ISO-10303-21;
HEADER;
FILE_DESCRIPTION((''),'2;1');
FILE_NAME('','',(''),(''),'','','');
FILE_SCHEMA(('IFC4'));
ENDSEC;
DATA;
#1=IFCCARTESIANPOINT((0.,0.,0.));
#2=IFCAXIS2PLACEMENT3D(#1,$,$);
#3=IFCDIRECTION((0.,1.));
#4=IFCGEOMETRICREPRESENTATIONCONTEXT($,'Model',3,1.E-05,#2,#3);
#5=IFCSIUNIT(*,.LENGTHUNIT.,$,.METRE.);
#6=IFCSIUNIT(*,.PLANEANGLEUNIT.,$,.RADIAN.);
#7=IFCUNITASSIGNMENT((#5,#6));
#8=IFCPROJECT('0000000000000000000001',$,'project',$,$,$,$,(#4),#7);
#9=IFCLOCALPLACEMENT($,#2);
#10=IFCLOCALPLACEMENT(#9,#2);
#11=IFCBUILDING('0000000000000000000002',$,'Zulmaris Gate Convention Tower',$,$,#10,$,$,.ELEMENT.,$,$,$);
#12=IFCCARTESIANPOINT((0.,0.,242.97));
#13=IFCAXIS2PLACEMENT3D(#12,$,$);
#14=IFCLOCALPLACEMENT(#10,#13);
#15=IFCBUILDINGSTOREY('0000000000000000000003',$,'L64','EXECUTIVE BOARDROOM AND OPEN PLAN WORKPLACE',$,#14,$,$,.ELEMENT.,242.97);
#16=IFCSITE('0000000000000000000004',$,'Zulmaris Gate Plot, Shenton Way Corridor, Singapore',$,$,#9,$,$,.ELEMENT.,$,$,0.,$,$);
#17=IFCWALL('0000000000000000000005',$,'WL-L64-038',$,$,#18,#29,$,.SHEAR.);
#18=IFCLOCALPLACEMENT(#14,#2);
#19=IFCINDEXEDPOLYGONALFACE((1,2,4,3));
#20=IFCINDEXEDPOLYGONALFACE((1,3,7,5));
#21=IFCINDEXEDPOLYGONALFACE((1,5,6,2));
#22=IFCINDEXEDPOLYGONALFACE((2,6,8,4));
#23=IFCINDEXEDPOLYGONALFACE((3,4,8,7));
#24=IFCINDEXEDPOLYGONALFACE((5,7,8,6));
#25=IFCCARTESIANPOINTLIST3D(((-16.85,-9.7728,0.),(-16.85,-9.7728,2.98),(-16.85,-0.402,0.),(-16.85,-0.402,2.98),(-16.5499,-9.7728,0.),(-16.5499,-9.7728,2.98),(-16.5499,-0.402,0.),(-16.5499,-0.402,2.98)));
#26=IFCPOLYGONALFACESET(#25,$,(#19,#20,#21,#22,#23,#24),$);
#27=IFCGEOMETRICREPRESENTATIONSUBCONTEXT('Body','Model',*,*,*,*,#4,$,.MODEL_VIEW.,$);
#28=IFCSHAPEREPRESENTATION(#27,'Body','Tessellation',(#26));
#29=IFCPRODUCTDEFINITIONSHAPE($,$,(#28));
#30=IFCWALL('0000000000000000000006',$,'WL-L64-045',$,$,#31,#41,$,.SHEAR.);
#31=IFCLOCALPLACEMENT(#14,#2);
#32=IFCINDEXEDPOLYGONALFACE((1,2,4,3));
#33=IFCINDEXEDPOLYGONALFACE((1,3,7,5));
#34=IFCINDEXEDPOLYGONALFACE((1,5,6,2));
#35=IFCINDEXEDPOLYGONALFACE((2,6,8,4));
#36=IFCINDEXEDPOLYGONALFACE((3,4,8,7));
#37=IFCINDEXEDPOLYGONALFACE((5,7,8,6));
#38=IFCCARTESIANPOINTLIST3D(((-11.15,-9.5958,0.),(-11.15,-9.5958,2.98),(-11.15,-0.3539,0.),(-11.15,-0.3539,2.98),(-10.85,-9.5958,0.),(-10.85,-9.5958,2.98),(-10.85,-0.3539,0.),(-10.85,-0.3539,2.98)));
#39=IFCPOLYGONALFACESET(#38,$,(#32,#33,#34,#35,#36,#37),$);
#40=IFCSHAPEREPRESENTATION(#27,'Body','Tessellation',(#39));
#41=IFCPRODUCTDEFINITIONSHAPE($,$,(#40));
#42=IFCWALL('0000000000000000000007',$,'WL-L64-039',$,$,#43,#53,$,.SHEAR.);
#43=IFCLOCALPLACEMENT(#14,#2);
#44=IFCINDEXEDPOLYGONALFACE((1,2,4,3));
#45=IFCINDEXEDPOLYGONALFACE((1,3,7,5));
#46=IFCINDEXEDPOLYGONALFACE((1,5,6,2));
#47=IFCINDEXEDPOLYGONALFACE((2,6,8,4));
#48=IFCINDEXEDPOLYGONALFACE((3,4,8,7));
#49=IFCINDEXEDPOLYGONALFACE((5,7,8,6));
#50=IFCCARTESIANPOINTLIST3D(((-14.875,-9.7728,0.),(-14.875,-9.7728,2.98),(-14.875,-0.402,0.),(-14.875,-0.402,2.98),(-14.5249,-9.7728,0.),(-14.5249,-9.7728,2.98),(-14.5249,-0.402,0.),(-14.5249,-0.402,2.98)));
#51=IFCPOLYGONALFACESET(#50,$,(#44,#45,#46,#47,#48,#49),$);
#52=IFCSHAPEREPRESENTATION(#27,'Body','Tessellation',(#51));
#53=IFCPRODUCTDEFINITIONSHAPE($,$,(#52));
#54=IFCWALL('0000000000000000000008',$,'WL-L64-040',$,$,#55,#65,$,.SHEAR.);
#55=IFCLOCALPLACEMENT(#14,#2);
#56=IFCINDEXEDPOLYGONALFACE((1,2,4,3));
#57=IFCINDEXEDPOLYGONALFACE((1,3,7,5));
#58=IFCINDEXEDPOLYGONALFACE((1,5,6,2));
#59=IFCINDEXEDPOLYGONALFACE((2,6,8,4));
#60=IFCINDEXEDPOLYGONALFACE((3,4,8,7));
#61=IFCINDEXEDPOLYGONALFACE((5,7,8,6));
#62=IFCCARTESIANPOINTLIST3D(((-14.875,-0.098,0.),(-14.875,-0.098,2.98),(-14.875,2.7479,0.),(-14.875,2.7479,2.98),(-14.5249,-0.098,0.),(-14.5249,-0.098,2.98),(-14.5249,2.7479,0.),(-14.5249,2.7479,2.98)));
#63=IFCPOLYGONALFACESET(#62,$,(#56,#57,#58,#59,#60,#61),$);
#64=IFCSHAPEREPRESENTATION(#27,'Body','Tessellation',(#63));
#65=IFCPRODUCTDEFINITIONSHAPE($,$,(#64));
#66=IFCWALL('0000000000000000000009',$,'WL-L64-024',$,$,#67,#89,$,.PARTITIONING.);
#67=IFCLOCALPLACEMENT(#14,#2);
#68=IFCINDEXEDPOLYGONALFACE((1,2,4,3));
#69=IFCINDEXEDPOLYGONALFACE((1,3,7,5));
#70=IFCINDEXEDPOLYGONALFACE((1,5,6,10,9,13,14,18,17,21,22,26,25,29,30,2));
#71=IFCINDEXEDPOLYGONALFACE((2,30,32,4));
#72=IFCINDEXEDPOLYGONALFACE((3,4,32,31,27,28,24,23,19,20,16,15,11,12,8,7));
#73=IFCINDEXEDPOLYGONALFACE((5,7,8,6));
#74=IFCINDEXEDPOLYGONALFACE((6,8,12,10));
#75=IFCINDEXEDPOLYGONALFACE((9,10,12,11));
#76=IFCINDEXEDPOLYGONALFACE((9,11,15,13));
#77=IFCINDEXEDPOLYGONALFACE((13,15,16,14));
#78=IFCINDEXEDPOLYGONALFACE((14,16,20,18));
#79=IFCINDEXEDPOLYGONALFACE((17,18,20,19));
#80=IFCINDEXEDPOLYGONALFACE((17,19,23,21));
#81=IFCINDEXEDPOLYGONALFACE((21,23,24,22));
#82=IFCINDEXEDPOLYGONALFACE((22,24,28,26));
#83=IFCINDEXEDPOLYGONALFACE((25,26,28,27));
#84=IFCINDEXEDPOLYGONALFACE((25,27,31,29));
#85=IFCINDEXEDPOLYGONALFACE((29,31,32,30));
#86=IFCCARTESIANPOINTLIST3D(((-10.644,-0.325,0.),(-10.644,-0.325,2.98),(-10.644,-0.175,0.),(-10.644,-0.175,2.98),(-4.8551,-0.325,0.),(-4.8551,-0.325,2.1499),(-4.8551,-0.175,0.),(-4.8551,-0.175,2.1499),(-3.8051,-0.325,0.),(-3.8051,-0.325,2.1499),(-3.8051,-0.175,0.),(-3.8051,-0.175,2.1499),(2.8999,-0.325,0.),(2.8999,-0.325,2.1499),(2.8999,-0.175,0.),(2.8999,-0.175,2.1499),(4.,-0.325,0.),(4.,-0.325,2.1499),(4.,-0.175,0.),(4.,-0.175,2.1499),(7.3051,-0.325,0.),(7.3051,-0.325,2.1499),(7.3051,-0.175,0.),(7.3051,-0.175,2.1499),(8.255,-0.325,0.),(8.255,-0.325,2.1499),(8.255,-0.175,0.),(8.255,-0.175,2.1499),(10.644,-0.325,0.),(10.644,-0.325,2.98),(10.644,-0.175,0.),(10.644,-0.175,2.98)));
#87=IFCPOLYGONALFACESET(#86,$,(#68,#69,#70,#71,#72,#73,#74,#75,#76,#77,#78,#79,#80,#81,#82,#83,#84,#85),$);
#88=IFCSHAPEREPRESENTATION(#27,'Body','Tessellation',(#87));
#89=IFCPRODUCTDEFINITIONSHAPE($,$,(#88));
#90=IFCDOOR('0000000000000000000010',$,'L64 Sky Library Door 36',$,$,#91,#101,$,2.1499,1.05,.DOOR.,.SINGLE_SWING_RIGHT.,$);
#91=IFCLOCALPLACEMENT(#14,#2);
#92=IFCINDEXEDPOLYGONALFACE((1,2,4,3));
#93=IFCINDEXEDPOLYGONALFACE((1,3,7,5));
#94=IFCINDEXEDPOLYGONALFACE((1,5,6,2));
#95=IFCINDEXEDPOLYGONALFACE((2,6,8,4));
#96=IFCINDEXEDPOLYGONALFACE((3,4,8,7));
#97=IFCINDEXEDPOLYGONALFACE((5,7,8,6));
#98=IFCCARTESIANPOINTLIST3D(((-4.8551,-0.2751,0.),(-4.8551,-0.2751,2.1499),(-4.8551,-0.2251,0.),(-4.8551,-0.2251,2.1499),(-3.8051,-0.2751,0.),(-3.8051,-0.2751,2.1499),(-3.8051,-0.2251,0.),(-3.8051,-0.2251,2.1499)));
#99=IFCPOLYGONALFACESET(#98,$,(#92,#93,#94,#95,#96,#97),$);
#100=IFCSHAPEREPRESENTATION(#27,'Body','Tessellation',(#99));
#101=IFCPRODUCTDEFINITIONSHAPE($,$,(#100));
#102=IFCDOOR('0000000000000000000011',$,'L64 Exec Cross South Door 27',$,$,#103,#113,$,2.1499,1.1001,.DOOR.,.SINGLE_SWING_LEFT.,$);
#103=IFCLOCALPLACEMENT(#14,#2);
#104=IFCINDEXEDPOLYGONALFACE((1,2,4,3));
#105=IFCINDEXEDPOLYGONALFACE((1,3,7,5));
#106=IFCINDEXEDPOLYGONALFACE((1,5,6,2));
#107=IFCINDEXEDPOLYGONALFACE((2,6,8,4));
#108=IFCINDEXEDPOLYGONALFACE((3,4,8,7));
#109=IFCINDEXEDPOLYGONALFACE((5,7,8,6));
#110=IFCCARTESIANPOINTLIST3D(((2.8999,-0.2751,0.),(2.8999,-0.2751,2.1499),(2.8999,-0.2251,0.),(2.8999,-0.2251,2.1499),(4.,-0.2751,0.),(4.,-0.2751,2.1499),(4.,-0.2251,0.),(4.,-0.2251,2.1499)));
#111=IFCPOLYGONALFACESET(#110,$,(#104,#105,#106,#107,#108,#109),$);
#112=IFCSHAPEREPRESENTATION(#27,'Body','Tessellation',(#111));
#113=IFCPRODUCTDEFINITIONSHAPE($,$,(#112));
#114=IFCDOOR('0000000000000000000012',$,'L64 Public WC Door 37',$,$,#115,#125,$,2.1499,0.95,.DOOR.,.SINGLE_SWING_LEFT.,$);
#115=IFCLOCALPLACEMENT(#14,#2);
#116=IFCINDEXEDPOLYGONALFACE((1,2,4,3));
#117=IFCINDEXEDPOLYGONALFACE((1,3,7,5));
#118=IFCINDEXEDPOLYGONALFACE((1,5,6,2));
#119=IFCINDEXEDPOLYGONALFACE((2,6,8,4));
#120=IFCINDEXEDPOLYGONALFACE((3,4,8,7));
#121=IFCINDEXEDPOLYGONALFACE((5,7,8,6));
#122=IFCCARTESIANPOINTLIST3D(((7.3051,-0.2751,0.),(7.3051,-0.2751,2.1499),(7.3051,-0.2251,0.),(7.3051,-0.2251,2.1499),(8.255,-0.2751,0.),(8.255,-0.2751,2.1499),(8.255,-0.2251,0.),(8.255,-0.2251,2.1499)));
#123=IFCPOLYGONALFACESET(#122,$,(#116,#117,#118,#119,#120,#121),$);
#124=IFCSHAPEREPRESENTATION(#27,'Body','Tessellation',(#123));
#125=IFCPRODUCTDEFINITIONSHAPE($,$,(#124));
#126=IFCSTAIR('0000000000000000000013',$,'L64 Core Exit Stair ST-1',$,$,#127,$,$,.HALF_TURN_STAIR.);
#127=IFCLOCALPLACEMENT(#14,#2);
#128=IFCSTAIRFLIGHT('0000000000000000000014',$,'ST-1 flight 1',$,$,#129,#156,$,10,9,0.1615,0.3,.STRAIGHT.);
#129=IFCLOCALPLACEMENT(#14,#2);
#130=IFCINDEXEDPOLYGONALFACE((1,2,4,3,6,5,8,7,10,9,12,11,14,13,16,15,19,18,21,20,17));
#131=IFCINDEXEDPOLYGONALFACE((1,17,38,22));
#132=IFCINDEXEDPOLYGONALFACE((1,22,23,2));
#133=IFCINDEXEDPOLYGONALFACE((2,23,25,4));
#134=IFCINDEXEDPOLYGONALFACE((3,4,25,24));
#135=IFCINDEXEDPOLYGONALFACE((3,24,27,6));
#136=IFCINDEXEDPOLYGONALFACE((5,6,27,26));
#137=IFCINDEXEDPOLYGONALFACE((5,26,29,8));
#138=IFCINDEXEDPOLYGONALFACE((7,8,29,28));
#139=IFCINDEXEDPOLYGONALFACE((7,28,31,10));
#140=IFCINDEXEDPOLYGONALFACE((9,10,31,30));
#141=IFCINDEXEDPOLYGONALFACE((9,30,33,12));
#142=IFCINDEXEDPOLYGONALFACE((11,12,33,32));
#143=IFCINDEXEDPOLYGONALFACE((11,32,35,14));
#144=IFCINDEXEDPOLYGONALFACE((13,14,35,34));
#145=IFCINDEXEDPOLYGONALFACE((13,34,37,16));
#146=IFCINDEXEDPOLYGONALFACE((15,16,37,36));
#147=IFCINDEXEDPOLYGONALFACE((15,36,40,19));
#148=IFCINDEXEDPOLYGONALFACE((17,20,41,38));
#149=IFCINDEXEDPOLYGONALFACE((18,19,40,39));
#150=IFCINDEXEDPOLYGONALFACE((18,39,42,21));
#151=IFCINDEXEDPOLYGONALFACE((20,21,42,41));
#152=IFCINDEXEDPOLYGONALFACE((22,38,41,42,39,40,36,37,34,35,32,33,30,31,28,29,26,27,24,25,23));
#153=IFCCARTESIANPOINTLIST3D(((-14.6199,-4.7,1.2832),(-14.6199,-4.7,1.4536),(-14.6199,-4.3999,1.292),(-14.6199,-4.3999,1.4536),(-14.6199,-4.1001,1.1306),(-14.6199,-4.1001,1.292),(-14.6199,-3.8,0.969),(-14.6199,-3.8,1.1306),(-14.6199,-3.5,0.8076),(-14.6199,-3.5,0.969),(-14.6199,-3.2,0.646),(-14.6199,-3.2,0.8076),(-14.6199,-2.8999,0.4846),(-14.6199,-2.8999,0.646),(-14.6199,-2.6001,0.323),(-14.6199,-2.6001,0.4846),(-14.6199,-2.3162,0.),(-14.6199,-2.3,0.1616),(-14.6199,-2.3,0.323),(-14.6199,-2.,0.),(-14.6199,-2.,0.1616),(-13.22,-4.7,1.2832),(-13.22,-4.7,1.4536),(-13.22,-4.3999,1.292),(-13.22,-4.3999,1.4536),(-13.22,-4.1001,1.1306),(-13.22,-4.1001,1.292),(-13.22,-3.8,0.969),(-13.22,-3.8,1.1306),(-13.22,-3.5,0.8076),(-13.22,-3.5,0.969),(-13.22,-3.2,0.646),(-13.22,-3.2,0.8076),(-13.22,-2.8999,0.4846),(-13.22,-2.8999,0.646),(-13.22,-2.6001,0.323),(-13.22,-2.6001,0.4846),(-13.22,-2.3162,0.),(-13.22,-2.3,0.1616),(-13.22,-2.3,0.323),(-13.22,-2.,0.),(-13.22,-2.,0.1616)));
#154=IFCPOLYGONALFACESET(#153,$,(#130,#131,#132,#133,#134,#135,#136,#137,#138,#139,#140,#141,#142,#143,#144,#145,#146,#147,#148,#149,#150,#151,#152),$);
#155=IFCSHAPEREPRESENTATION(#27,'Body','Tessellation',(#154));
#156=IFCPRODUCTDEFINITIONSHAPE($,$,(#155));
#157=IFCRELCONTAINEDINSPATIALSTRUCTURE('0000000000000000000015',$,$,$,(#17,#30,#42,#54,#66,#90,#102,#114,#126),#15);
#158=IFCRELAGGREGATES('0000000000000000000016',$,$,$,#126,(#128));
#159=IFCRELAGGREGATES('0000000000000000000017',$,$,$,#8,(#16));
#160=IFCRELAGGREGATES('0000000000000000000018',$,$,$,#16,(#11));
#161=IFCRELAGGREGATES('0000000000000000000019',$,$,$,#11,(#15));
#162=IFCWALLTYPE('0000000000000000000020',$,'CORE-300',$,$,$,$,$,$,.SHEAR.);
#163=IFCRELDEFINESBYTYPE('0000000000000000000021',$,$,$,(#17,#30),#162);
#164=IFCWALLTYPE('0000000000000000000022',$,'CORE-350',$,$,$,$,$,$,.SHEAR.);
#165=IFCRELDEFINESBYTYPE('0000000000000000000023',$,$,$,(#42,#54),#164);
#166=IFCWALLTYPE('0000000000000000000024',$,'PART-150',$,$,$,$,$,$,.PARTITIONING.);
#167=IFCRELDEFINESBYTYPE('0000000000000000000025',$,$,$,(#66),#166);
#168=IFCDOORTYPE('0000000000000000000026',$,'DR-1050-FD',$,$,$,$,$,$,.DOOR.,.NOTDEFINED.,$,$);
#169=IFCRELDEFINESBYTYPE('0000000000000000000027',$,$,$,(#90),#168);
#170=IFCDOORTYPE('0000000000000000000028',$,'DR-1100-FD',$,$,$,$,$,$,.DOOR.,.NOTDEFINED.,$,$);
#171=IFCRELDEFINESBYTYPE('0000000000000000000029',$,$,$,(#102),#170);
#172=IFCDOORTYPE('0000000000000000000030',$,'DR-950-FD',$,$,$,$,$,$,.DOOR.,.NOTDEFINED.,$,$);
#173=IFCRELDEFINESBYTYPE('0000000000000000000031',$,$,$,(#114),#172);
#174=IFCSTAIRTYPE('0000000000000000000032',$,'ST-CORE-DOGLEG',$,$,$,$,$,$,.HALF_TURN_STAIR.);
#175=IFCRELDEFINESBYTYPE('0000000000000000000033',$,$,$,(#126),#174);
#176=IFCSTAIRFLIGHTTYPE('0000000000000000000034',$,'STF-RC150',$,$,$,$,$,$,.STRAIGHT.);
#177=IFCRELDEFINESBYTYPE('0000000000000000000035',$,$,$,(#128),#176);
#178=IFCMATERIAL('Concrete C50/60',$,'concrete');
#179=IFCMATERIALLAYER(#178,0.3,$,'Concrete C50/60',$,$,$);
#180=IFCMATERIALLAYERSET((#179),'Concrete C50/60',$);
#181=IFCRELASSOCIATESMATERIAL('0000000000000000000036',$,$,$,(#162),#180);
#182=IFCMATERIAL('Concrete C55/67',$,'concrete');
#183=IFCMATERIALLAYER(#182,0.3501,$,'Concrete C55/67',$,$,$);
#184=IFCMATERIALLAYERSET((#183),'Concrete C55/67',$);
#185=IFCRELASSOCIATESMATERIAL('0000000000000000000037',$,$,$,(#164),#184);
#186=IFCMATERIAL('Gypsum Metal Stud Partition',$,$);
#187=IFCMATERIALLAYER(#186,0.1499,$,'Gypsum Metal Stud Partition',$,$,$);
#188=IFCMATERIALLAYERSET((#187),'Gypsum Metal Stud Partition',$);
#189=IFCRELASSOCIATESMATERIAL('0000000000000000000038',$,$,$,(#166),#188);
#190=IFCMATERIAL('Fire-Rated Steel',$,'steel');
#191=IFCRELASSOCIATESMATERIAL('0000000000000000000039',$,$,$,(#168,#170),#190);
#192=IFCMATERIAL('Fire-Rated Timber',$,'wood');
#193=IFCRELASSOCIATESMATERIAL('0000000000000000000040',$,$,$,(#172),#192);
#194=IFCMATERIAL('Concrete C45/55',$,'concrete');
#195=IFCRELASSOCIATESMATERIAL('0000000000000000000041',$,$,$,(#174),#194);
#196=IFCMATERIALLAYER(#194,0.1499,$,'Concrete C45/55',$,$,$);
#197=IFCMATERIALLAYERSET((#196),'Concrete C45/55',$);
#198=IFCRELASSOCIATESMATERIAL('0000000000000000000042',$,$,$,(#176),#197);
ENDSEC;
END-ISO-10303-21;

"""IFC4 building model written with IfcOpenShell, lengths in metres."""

from ifc_helpers import new_model, si_unit, direction, frame, frame_2d, origin, place, context, subcontext, project, spatial, polyline, rectangle, outline, extrude, material, layer, layer_set, type_object, element, fill, aggregate, save


model = new_model("IFC4")

# Units and contexts
model_context = context("Model", 3, precision=1e-05, world=origin(), true_north=direction((0.0, 1.0)))
body_context = subcontext(model_context, "Body", "Model", "MODEL_VIEW")
ifc_project = project(units=[si_unit("LENGTHUNIT", "METRE"), si_unit("PLANEANGLEUNIT", "RADIAN")], contexts=[model_context])

# Site, building, storey
site_placement = place(None, origin())
site = spatial("IfcSite", under=ifc_project, at=site_placement, Name="Zulmaris Gate Plot, Shenton Way Corridor, Singapore", CompositionType="ELEMENT", RefElevation=0.0)
building_placement = place(site_placement, origin())
building = spatial("IfcBuilding", under=site, at=building_placement, Name="Zulmaris Gate Convention Tower", CompositionType="ELEMENT")
storey_placement = place(building_placement, frame((0.0, 0.0, 242.97)))
storey = spatial("IfcBuildingStorey", under=building, at=storey_placement, Name="L64", Description="EXECUTIVE BOARDROOM AND OPEN PLAN WORKPLACE", CompositionType="ELEMENT", Elevation=242.97)

# Shared definitions
ifc_material_1 = material(Name="Concrete C50/60", Category="concrete")

# Walls
ifc_layer_1 = layer(ifc_material_1, 0.3, Name="Concrete C50/60")
ifc_layer_set_1 = layer_set([ifc_layer_1], Name="Concrete C50/60")
wall_type_1 = type_object("IfcWallType", Name="CORE-300", PredefinedType="SHEAR", material=ifc_layer_set_1)
wall_1_placement = place(storey_placement, frame((-16.7, -9.7729, 0.0), z_axis=(0.0, 0.0, 1.0), x_axis=(0.0, 1.0, 0.0)))
element("IfcWall", 1, at=wall_1_placement, inside=storey, type_object=wall_type_1, Name="WL-L64-038", PredefinedType="SHEAR", context=body_context, shape_type="SweptSolid", body=[
    extrude(rectangle(XDim=9.3708, YDim=0.3, at=frame_2d((4.6855, 0.0))), origin(), (0.0, 0.0, 1.0), 2.98),
])
wall_2_placement = place(storey_placement, frame((-11.0, -9.5959, 0.0), z_axis=(0.0, 0.0, 1.0), x_axis=(0.0, 1.0, 0.0)))
element("IfcWall", 2, at=wall_2_placement, inside=storey, type_object=wall_type_1, Name="WL-L64-045", PredefinedType="SHEAR", context=body_context, shape_type="SweptSolid", body=[
    extrude(rectangle(XDim=9.2419, YDim=0.3, at=frame_2d((4.6211, 0.0))), origin(), (0.0, 0.0, 1.0), 2.98),
])
ifc_material_2 = material(Name="Concrete C55/67", Category="concrete")
ifc_layer_2 = layer(ifc_material_2, 0.3501, Name="Concrete C55/67")
ifc_layer_set_2 = layer_set([ifc_layer_2], Name="Concrete C55/67")
wall_type_2 = type_object("IfcWallType", Name="CORE-350", PredefinedType="SHEAR", material=ifc_layer_set_2)
wall_3_placement = place(storey_placement, frame((-14.7, -9.7729, 0.0), z_axis=(0.0, 0.0, 1.0), x_axis=(0.0, 1.0, 0.0)))
element("IfcWall", 3, at=wall_3_placement, inside=storey, type_object=wall_type_2, Name="WL-L64-039", PredefinedType="SHEAR", context=body_context, shape_type="SweptSolid", body=[
    extrude(rectangle(XDim=9.3708, YDim=0.3501, at=frame_2d((4.6855, 0.0))), origin(), (0.0, 0.0, 1.0), 2.98),
])
wall_4_placement = place(storey_placement, frame((-14.7, -0.0979, 0.0), z_axis=(0.0, 0.0, 1.0), x_axis=(0.0, 1.0, 0.0)))
element("IfcWall", 4, at=wall_4_placement, inside=storey, type_object=wall_type_2, Name="WL-L64-040", PredefinedType="SHEAR", context=body_context, shape_type="SweptSolid", body=[
    extrude(rectangle(XDim=2.8459, YDim=0.3501, at=frame_2d((1.4229, 0.0))), origin(), (0.0, 0.0, 1.0), 2.98),
])

# Wall, openings, doors
ifc_material_3 = material(Name="Gypsum Metal Stud Partition")
ifc_layer_3 = layer(ifc_material_3, 0.1499, Name="Gypsum Metal Stud Partition")
ifc_layer_set_3 = layer_set([ifc_layer_3], Name="Gypsum Metal Stud Partition")
wall_type_3 = type_object("IfcWallType", Name="PART-150", PredefinedType="PARTITIONING", material=ifc_layer_set_3)
wall_5_placement = place(storey_placement, frame((-10.644, -0.25, 0.0), z_axis=(0.0, 0.0, 1.0), x_axis=(1.0, 0.0, 0.0)))
wall_5 = element("IfcWall", 5, at=wall_5_placement, inside=storey, type_object=wall_type_3, Name="WL-L64-024", PredefinedType="PARTITIONING", context=body_context, shape_type="SweptSolid", body=[
    extrude(rectangle(XDim=21.2881, YDim=0.1499, at=frame_2d((10.644, 0.0))), origin(), (0.0, 0.0, 1.0), 2.98),
])
opening_1_placement = place(wall_5_placement, frame((13.5439, 0.0, 0.0)))
opening_1 = element("IfcOpeningElement", 6, at=opening_1_placement, cuts=wall_5, PredefinedType="OPENING", context=body_context, shape_type="SweptSolid", body=[
    extrude(rectangle(XDim=1.1001, YDim=2.1499, at=frame_2d((0.55, 1.075))), frame((0.0, 0.085, 0.0), z_axis=(0.0, -1.0, 0.0), x_axis=(1.0, 0.0, 0.0)), (0.0, 0.0, 1.0), 0.1699),
])
opening_2_placement = place(wall_5_placement, frame((5.7891, 0.0, 0.0)))
opening_2 = element("IfcOpeningElement", 7, at=opening_2_placement, cuts=wall_5, PredefinedType="OPENING", context=body_context, shape_type="SweptSolid", body=[
    extrude(rectangle(XDim=1.05, YDim=2.1499, at=frame_2d((0.5249, 1.075))), frame((0.0, 0.085, 0.0), z_axis=(0.0, -1.0, 0.0), x_axis=(1.0, 0.0, 0.0)), (0.0, 0.0, 1.0), 0.1699),
])
opening_3_placement = place(wall_5_placement, frame((17.949, 0.0, 0.0)))
opening_3 = element("IfcOpeningElement", 8, at=opening_3_placement, cuts=wall_5, PredefinedType="OPENING", context=body_context, shape_type="SweptSolid", body=[
    extrude(rectangle(XDim=0.95, YDim=2.1499, at=frame_2d((0.4751, 1.075))), frame((0.0, 0.085, 0.0), z_axis=(0.0, -1.0, 0.0), x_axis=(1.0, 0.0, 0.0)), (0.0, 0.0, 1.0), 0.1699),
])
ifc_material_4 = material(Name="Fire-Rated Steel", Category="steel")
door_type_1 = type_object("IfcDoorType", Name="DR-1050-FD", OperationType="NOTDEFINED", PredefinedType="DOOR", material=ifc_material_4)
door_1_placement = place(opening_2_placement, origin())
door_1 = element("IfcDoor", 9, at=door_1_placement, inside=storey, type_object=door_type_1, Name="L64 Sky Library Door 36", OperationType="SINGLE_SWING_RIGHT", OverallHeight=2.1499, OverallWidth=1.05, PredefinedType="DOOR", context=body_context, shape_type="SweptSolid", body=[
    extrude(rectangle(XDim=1.05, YDim=2.1499, at=frame_2d((0.5249, 1.075))), frame((0.0, 0.0249, 0.0), z_axis=(0.0, -1.0, 0.0), x_axis=(1.0, 0.0, 0.0)), (0.0, 0.0, 1.0), 0.05),
])
fill(opening_2, door_1)
door_type_2 = type_object("IfcDoorType", Name="DR-1100-FD", OperationType="NOTDEFINED", PredefinedType="DOOR", material=ifc_material_4)
door_2_placement = place(opening_1_placement, origin())
door_2 = element("IfcDoor", 10, at=door_2_placement, inside=storey, type_object=door_type_2, Name="L64 Exec Cross South Door 27", OperationType="SINGLE_SWING_LEFT", OverallHeight=2.1499, OverallWidth=1.1001, PredefinedType="DOOR", context=body_context, shape_type="SweptSolid", body=[
    extrude(rectangle(XDim=1.1001, YDim=2.1499, at=frame_2d((0.55, 1.075))), frame((0.0, 0.0249, 0.0), z_axis=(0.0, -1.0, 0.0), x_axis=(1.0, 0.0, 0.0)), (0.0, 0.0, 1.0), 0.05),
])
fill(opening_1, door_2)
ifc_material_5 = material(Name="Fire-Rated Timber", Category="wood")
door_type_3 = type_object("IfcDoorType", Name="DR-950-FD", OperationType="NOTDEFINED", PredefinedType="DOOR", material=ifc_material_5)
door_3_placement = place(opening_3_placement, origin())
door_3 = element("IfcDoor", 11, at=door_3_placement, inside=storey, type_object=door_type_3, Name="L64 Public WC Door 37", OperationType="SINGLE_SWING_LEFT", OverallHeight=2.1499, OverallWidth=0.95, PredefinedType="DOOR", context=body_context, shape_type="SweptSolid", body=[
    extrude(rectangle(XDim=0.95, YDim=2.1499, at=frame_2d((0.4751, 1.075))), frame((0.0, 0.0249, 0.0), z_axis=(0.0, -1.0, 0.0), x_axis=(1.0, 0.0, 0.0)), (0.0, 0.0, 1.0), 0.05),
])
fill(opening_3, door_3)

# Stair, stair flight
ifc_material_6 = material(Name="Concrete C45/55", Category="concrete")
stair_type = type_object("IfcStairType", Name="ST-CORE-DOGLEG", PredefinedType="HALF_TURN_STAIR", material=ifc_material_6)
stair_1_placement = place(storey_placement, origin())
stair_1 = element("IfcStair", 12, at=stair_1_placement, inside=storey, type_object=stair_type, Name="L64 Core Exit Stair ST-1", PredefinedType="HALF_TURN_STAIR")
ifc_layer_4 = layer(ifc_material_6, 0.1499, Name="Concrete C45/55")
ifc_layer_set_4 = layer_set([ifc_layer_4], Name="Concrete C45/55")
stair_flight_type = type_object("IfcStairFlightType", Name="STF-RC150", PredefinedType="STRAIGHT", material=ifc_layer_set_4)
stair_flight_1_placement = place(storey_placement, frame((-13.9199, -2.0, 0.0), z_axis=(0.0, 0.0, 1.0), x_axis=(0.0, -1.0, 0.0)))
stair_flight_1 = element("IfcStairFlight", 13, at=stair_flight_1_placement, type_object=stair_flight_type, Name="ST-1 flight 1", NumberOfRisers=10, NumberOfTreads=9, PredefinedType="STRAIGHT", RiserHeight=0.1615, TreadLength=0.3, context=body_context, shape_type="SweptSolid", body=[
    extrude(outline(polyline([(0.0, 0.0), (0.0, 0.1616), (0.3, 0.1616), (0.3, 0.323), (0.6001, 0.323), (0.6001, 0.4846), (0.8999, 0.4846), (0.8999, 0.646), (1.2, 0.646), (1.2, 0.8076), (1.5, 0.8076), (1.5, 0.969), (1.8, 0.969), (1.8, 1.1306), (2.1001, 1.1306), (2.1001, 1.292), (2.3999, 1.292), (2.3999, 1.4536), (2.7, 1.4536), (2.7, 1.615), (2.7, 1.2832), (0.3162, 0.0), (0.0, 0.0)])), frame((0.0, 0.7, 0.0), z_axis=(0.0, -1.0, 0.0), x_axis=(1.0, 0.0, 0.0)), (0.0, 0.0, 1.0), 1.3999),
])
aggregate(stair_1, [stair_flight_1])

save(model, "model.ifc")
